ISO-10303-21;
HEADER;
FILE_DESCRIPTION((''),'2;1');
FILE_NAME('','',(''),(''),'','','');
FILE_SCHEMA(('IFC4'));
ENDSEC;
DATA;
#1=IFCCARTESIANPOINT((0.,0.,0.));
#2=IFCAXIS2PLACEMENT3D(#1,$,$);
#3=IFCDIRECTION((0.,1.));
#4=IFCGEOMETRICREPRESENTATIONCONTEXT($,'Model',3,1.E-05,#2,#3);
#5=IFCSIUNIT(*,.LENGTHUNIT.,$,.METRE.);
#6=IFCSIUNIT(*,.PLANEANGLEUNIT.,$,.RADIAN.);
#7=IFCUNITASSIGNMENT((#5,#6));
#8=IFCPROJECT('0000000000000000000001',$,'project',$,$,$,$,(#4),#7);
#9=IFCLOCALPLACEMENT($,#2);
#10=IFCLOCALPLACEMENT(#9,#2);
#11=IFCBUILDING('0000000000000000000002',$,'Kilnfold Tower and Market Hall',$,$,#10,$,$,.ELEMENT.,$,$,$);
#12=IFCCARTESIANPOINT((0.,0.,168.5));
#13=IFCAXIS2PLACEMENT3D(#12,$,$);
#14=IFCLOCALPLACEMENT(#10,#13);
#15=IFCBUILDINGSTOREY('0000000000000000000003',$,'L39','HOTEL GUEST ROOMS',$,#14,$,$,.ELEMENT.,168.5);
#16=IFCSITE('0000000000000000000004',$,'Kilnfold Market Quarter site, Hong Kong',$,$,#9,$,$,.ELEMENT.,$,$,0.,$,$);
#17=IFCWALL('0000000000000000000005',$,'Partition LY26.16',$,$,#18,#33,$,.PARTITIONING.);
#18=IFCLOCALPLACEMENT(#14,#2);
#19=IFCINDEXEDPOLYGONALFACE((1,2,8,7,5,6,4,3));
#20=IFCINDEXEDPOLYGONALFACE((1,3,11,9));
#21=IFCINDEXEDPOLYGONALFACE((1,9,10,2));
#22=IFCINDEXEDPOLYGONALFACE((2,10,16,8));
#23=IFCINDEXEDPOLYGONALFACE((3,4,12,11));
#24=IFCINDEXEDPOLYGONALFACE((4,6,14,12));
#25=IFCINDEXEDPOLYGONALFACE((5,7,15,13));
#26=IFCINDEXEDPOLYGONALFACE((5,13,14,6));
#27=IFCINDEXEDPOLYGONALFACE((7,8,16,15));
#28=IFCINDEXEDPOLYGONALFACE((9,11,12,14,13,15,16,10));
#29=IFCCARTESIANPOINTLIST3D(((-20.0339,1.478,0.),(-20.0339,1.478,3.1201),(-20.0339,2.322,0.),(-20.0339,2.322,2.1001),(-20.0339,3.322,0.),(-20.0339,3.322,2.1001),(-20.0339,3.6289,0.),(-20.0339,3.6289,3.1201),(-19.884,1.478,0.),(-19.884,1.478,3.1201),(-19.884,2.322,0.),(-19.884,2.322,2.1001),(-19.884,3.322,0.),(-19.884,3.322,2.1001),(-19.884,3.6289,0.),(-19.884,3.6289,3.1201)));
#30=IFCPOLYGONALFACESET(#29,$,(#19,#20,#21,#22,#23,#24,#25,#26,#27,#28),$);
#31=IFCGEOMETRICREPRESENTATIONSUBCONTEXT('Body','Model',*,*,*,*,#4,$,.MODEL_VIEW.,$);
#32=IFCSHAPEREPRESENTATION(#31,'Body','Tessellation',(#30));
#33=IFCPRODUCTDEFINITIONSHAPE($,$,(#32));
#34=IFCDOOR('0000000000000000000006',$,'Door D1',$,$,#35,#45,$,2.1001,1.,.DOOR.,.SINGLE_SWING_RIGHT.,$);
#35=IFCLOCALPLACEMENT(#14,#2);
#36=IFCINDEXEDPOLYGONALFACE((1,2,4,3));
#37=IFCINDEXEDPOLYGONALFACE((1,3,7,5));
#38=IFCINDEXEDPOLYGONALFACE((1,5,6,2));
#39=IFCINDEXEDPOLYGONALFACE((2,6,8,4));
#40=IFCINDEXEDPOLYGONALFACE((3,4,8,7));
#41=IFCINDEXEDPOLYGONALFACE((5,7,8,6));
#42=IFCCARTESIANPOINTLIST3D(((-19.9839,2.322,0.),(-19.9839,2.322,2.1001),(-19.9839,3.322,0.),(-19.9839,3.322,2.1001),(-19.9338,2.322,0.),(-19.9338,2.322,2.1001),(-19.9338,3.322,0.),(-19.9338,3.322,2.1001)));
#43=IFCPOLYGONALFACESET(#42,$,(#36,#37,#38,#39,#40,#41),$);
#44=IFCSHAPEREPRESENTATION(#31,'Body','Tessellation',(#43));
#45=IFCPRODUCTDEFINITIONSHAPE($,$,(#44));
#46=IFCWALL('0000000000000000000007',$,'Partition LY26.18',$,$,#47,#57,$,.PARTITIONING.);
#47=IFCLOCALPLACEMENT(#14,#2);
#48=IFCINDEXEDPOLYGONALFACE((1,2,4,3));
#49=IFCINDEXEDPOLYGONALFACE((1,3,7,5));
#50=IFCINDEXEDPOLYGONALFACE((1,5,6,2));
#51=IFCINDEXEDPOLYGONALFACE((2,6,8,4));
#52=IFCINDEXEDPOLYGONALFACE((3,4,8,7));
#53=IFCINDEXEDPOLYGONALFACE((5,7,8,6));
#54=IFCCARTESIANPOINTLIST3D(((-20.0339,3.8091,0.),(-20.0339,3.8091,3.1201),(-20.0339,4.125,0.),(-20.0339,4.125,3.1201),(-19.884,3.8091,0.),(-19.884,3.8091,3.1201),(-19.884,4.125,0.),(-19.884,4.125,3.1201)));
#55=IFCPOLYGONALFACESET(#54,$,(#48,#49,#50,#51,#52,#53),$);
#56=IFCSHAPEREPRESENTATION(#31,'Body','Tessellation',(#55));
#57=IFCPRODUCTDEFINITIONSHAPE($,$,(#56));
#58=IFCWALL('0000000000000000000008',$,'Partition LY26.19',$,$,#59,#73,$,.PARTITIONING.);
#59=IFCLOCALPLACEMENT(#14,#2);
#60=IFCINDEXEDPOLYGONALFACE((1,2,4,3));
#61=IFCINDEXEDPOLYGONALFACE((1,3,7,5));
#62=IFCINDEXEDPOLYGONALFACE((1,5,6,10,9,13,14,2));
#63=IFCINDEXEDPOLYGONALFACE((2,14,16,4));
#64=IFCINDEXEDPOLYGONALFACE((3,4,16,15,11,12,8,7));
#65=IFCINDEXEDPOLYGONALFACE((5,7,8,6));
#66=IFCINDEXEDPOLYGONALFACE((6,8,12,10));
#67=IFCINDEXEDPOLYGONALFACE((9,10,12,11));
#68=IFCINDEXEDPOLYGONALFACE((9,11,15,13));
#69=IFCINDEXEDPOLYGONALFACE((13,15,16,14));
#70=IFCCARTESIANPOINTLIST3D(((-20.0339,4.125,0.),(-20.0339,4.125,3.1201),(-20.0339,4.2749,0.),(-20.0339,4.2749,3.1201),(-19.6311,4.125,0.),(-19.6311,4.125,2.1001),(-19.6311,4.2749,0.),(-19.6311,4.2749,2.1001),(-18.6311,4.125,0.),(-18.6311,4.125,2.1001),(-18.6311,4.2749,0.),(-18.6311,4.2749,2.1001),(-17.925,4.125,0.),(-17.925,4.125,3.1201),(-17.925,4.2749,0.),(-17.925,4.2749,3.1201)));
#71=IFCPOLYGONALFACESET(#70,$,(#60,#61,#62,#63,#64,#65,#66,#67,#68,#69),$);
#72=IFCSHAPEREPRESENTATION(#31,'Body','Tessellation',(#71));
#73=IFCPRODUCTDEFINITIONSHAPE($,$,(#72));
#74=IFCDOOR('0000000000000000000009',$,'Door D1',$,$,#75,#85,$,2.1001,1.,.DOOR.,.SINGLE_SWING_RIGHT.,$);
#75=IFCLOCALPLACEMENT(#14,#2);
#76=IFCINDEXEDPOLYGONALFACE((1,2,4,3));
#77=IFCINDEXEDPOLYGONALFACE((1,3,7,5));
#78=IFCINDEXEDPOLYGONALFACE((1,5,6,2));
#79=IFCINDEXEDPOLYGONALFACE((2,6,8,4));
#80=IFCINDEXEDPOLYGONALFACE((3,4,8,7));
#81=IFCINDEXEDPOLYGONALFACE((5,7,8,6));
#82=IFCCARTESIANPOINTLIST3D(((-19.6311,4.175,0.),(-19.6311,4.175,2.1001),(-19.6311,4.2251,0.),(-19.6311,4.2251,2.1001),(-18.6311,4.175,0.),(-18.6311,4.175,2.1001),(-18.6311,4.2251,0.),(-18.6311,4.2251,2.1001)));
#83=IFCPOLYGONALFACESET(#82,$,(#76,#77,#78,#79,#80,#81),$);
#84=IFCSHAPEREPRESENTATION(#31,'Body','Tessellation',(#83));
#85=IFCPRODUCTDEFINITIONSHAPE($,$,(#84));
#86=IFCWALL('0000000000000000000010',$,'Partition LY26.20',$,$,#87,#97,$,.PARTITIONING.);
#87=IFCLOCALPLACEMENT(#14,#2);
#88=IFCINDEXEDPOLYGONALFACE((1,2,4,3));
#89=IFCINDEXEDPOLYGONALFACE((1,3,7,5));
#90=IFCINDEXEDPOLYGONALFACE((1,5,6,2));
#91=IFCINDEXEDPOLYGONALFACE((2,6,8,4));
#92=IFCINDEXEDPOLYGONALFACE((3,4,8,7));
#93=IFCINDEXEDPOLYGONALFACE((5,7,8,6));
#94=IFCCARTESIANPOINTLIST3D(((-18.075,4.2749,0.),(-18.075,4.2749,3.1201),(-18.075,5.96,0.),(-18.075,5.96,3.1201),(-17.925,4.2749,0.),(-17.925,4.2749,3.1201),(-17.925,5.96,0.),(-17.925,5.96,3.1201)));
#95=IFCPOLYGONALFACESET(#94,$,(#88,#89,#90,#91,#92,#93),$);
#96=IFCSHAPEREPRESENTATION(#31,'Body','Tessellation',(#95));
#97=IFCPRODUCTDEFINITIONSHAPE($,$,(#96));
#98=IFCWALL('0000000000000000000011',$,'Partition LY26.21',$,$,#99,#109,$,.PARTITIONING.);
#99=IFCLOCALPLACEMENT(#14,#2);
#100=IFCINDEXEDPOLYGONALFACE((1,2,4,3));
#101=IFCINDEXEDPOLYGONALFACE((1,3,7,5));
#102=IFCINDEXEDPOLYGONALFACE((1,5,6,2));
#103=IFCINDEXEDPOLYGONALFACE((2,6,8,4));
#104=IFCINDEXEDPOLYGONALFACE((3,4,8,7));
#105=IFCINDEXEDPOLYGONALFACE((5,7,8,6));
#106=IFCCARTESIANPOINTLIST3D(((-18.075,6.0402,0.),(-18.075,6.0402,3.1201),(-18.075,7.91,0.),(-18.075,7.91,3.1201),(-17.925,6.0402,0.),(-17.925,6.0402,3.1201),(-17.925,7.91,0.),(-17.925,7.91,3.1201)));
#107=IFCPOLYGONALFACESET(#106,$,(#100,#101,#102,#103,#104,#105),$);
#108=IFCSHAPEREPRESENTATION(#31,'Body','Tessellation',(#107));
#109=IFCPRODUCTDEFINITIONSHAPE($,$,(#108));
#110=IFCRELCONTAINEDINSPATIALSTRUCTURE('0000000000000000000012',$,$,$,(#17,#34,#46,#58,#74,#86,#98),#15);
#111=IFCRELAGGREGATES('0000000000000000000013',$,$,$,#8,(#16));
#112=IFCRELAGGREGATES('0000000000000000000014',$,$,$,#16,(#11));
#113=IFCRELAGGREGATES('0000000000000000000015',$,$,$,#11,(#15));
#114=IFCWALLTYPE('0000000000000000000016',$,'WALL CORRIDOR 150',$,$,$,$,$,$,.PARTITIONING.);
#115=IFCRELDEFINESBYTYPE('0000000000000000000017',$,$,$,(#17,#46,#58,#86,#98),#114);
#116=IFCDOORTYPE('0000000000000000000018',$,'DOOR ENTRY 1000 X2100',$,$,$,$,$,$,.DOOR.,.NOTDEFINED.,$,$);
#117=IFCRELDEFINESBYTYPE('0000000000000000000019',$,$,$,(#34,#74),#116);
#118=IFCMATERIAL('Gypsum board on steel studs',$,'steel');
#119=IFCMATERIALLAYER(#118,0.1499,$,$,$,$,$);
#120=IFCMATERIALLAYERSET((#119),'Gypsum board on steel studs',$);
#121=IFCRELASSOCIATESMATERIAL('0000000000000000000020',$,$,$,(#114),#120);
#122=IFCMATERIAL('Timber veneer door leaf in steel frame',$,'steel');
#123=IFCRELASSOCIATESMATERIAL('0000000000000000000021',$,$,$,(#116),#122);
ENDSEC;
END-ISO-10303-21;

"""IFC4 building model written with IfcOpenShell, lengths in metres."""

from ifc_helpers import new_model, si_unit, direction, frame, frame_2d, origin, place, context, subcontext, project, spatial, rectangle, extrude, material, layer, layer_set, type_object, element, fill, save


model = new_model("IFC4")

# Units and contexts
model_context = context("Model", 3, precision=1e-05, world=origin(), true_north=direction((0.0, 1.0)))
body_context = subcontext(model_context, "Body", "Model", "MODEL_VIEW")
ifc_project = project(units=[si_unit("LENGTHUNIT", "METRE"), si_unit("PLANEANGLEUNIT", "RADIAN")], contexts=[model_context])

# Site, building, storey
site_placement = place(None, origin())
site = spatial("IfcSite", under=ifc_project, at=site_placement, Name="Kilnfold Market Quarter site, Hong Kong", CompositionType="ELEMENT", RefElevation=0.0)
building_placement = place(site_placement, origin())
building = spatial("IfcBuilding", under=site, at=building_placement, Name="Kilnfold Tower and Market Hall", CompositionType="ELEMENT")
storey_placement = place(building_placement, frame((0.0, 0.0, 168.5)))
storey = spatial("IfcBuildingStorey", under=building, at=storey_placement, Name="L39", Description="HOTEL GUEST ROOMS", CompositionType="ELEMENT", Elevation=168.5)

# Wall, opening, door
ifc_material_1 = material(Name="Gypsum board on steel studs", Category="steel")
ifc_layer_1 = layer(ifc_material_1, 0.1499)
ifc_layer_set_1 = layer_set([ifc_layer_1], Name="Gypsum board on steel studs")
wall_type_1 = type_object("IfcWallType", Name="WALL CORRIDOR 150", PredefinedType="PARTITIONING", material=ifc_layer_set_1)
wall_1_placement = place(storey_placement, frame((-19.959, 1.478, 0.0), z_axis=(0.0, 0.0, 1.0), x_axis=(0.0, 1.0, 0.0)))
wall_1 = element("IfcWall", 1, at=wall_1_placement, inside=storey, type_object=wall_type_1, Name="Partition LY26.16", PredefinedType="PARTITIONING", context=body_context, shape_type="SweptSolid", body=[
    extrude(rectangle(XDim=2.1509, YDim=0.1499, at=frame_2d((1.0754, 0.0))), origin(), (0.0, 0.0, 1.0), 3.1201),
])
opening_1_placement = place(wall_1_placement, frame((0.844, 0.0, 0.0)))
opening_1 = element("IfcOpeningElement", 2, at=opening_1_placement, cuts=wall_1, PredefinedType="OPENING", context=body_context, shape_type="SweptSolid", body=[
    extrude(rectangle(XDim=1.0, YDim=2.1001, at=frame_2d((0.5, 1.05))), frame((0.0, 0.085, 0.0), z_axis=(0.0, -1.0, 0.0), x_axis=(1.0, 0.0, 0.0)), (0.0, 0.0, 1.0), 0.1699),
])
ifc_material_2 = material(Name="Timber veneer door leaf in steel frame", Category="steel")
door_type_1 = type_object("IfcDoorType", Name="DOOR ENTRY 1000 X2100", OperationType="NOTDEFINED", PredefinedType="DOOR", material=ifc_material_2)
door_1_placement = place(opening_1_placement, origin())
door_1 = element("IfcDoor", 3, at=door_1_placement, inside=storey, type_object=door_type_1, Name="Door D1", OperationType="SINGLE_SWING_RIGHT", OverallHeight=2.1001, OverallWidth=1.0, PredefinedType="DOOR", context=body_context, shape_type="SweptSolid", body=[
    extrude(rectangle(XDim=1.0, YDim=2.1001, at=frame_2d((0.5, 1.05))), frame((0.0, 0.0249, 0.0), z_axis=(0.0, -1.0, 0.0), x_axis=(1.0, 0.0, 0.0)), (0.0, 0.0, 1.0), 0.05),
])
fill(opening_1, door_1)

# Wall
wall_2_placement = place(storey_placement, frame((-19.959, 3.8091, 0.0), z_axis=(0.0, 0.0, 1.0), x_axis=(0.0, 1.0, 0.0)))
element("IfcWall", 4, at=wall_2_placement, inside=storey, type_object=wall_type_1, Name="Partition LY26.18", PredefinedType="PARTITIONING", context=body_context, shape_type="SweptSolid", body=[
    extrude(rectangle(XDim=0.3159, YDim=0.1499, at=frame_2d((0.158, 0.0))), origin(), (0.0, 0.0, 1.0), 3.1201),
])

# Wall, opening, door
wall_3_placement = place(storey_placement, frame((-17.925, 4.2, 0.0), z_axis=(0.0, 0.0, 1.0), x_axis=(-1.0, 0.0, 0.0)))
wall_3 = element("IfcWall", 5, at=wall_3_placement, inside=storey, type_object=wall_type_1, Name="Partition LY26.19", PredefinedType="PARTITIONING", context=body_context, shape_type="SweptSolid", body=[
    extrude(rectangle(XDim=2.1089, YDim=0.1499, at=frame_2d((1.0544, 0.0))), origin(), (0.0, 0.0, 1.0), 3.1201),
])
opening_2_placement = place(wall_3_placement, frame((0.7061, 0.0, 0.0)))
opening_2 = element("IfcOpeningElement", 6, at=opening_2_placement, cuts=wall_3, PredefinedType="OPENING", context=body_context, shape_type="SweptSolid", body=[
    extrude(rectangle(XDim=1.0, YDim=2.1001, at=frame_2d((0.5, 1.05))), frame((0.0, 0.085, 0.0), z_axis=(0.0, -1.0, 0.0), x_axis=(1.0, 0.0, 0.0)), (0.0, 0.0, 1.0), 0.1699),
])
door_2_placement = place(opening_2_placement, origin())
door_2 = element("IfcDoor", 7, at=door_2_placement, inside=storey, type_object=door_type_1, Name="Door D1", OperationType="SINGLE_SWING_RIGHT", OverallHeight=2.1001, OverallWidth=1.0, PredefinedType="DOOR", context=body_context, shape_type="SweptSolid", body=[
    extrude(rectangle(XDim=1.0, YDim=2.1001, at=frame_2d((0.5, 1.05))), frame((0.0, 0.0249, 0.0), z_axis=(0.0, -1.0, 0.0), x_axis=(1.0, 0.0, 0.0)), (0.0, 0.0, 1.0), 0.05),
])
fill(opening_2, door_2)

# Walls
wall_4_placement = place(storey_placement, frame((-18.0, 4.2749, 0.0), z_axis=(0.0, 0.0, 1.0), x_axis=(0.0, 1.0, 0.0)))
element("IfcWall", 8, at=wall_4_placement, inside=storey, type_object=wall_type_1, Name="Partition LY26.20", PredefinedType="PARTITIONING", context=body_context, shape_type="SweptSolid", body=[
    extrude(rectangle(XDim=1.6851, YDim=0.1499, at=frame_2d((0.8425, 0.0))), origin(), (0.0, 0.0, 1.0), 3.1201),
])
wall_5_placement = place(storey_placement, frame((-18.0, 6.04, 0.0), z_axis=(0.0, 0.0, 1.0), x_axis=(0.0, 1.0, 0.0)))
element("IfcWall", 9, at=wall_5_placement, inside=storey, type_object=wall_type_1, Name="Partition LY26.21", PredefinedType="PARTITIONING", context=body_context, shape_type="SweptSolid", body=[
    extrude(rectangle(XDim=1.8699, YDim=0.1499, at=frame_2d((0.9351, 0.0))), origin(), (0.0, 0.0, 1.0), 3.1201),
])

save(model, "model.ifc")
